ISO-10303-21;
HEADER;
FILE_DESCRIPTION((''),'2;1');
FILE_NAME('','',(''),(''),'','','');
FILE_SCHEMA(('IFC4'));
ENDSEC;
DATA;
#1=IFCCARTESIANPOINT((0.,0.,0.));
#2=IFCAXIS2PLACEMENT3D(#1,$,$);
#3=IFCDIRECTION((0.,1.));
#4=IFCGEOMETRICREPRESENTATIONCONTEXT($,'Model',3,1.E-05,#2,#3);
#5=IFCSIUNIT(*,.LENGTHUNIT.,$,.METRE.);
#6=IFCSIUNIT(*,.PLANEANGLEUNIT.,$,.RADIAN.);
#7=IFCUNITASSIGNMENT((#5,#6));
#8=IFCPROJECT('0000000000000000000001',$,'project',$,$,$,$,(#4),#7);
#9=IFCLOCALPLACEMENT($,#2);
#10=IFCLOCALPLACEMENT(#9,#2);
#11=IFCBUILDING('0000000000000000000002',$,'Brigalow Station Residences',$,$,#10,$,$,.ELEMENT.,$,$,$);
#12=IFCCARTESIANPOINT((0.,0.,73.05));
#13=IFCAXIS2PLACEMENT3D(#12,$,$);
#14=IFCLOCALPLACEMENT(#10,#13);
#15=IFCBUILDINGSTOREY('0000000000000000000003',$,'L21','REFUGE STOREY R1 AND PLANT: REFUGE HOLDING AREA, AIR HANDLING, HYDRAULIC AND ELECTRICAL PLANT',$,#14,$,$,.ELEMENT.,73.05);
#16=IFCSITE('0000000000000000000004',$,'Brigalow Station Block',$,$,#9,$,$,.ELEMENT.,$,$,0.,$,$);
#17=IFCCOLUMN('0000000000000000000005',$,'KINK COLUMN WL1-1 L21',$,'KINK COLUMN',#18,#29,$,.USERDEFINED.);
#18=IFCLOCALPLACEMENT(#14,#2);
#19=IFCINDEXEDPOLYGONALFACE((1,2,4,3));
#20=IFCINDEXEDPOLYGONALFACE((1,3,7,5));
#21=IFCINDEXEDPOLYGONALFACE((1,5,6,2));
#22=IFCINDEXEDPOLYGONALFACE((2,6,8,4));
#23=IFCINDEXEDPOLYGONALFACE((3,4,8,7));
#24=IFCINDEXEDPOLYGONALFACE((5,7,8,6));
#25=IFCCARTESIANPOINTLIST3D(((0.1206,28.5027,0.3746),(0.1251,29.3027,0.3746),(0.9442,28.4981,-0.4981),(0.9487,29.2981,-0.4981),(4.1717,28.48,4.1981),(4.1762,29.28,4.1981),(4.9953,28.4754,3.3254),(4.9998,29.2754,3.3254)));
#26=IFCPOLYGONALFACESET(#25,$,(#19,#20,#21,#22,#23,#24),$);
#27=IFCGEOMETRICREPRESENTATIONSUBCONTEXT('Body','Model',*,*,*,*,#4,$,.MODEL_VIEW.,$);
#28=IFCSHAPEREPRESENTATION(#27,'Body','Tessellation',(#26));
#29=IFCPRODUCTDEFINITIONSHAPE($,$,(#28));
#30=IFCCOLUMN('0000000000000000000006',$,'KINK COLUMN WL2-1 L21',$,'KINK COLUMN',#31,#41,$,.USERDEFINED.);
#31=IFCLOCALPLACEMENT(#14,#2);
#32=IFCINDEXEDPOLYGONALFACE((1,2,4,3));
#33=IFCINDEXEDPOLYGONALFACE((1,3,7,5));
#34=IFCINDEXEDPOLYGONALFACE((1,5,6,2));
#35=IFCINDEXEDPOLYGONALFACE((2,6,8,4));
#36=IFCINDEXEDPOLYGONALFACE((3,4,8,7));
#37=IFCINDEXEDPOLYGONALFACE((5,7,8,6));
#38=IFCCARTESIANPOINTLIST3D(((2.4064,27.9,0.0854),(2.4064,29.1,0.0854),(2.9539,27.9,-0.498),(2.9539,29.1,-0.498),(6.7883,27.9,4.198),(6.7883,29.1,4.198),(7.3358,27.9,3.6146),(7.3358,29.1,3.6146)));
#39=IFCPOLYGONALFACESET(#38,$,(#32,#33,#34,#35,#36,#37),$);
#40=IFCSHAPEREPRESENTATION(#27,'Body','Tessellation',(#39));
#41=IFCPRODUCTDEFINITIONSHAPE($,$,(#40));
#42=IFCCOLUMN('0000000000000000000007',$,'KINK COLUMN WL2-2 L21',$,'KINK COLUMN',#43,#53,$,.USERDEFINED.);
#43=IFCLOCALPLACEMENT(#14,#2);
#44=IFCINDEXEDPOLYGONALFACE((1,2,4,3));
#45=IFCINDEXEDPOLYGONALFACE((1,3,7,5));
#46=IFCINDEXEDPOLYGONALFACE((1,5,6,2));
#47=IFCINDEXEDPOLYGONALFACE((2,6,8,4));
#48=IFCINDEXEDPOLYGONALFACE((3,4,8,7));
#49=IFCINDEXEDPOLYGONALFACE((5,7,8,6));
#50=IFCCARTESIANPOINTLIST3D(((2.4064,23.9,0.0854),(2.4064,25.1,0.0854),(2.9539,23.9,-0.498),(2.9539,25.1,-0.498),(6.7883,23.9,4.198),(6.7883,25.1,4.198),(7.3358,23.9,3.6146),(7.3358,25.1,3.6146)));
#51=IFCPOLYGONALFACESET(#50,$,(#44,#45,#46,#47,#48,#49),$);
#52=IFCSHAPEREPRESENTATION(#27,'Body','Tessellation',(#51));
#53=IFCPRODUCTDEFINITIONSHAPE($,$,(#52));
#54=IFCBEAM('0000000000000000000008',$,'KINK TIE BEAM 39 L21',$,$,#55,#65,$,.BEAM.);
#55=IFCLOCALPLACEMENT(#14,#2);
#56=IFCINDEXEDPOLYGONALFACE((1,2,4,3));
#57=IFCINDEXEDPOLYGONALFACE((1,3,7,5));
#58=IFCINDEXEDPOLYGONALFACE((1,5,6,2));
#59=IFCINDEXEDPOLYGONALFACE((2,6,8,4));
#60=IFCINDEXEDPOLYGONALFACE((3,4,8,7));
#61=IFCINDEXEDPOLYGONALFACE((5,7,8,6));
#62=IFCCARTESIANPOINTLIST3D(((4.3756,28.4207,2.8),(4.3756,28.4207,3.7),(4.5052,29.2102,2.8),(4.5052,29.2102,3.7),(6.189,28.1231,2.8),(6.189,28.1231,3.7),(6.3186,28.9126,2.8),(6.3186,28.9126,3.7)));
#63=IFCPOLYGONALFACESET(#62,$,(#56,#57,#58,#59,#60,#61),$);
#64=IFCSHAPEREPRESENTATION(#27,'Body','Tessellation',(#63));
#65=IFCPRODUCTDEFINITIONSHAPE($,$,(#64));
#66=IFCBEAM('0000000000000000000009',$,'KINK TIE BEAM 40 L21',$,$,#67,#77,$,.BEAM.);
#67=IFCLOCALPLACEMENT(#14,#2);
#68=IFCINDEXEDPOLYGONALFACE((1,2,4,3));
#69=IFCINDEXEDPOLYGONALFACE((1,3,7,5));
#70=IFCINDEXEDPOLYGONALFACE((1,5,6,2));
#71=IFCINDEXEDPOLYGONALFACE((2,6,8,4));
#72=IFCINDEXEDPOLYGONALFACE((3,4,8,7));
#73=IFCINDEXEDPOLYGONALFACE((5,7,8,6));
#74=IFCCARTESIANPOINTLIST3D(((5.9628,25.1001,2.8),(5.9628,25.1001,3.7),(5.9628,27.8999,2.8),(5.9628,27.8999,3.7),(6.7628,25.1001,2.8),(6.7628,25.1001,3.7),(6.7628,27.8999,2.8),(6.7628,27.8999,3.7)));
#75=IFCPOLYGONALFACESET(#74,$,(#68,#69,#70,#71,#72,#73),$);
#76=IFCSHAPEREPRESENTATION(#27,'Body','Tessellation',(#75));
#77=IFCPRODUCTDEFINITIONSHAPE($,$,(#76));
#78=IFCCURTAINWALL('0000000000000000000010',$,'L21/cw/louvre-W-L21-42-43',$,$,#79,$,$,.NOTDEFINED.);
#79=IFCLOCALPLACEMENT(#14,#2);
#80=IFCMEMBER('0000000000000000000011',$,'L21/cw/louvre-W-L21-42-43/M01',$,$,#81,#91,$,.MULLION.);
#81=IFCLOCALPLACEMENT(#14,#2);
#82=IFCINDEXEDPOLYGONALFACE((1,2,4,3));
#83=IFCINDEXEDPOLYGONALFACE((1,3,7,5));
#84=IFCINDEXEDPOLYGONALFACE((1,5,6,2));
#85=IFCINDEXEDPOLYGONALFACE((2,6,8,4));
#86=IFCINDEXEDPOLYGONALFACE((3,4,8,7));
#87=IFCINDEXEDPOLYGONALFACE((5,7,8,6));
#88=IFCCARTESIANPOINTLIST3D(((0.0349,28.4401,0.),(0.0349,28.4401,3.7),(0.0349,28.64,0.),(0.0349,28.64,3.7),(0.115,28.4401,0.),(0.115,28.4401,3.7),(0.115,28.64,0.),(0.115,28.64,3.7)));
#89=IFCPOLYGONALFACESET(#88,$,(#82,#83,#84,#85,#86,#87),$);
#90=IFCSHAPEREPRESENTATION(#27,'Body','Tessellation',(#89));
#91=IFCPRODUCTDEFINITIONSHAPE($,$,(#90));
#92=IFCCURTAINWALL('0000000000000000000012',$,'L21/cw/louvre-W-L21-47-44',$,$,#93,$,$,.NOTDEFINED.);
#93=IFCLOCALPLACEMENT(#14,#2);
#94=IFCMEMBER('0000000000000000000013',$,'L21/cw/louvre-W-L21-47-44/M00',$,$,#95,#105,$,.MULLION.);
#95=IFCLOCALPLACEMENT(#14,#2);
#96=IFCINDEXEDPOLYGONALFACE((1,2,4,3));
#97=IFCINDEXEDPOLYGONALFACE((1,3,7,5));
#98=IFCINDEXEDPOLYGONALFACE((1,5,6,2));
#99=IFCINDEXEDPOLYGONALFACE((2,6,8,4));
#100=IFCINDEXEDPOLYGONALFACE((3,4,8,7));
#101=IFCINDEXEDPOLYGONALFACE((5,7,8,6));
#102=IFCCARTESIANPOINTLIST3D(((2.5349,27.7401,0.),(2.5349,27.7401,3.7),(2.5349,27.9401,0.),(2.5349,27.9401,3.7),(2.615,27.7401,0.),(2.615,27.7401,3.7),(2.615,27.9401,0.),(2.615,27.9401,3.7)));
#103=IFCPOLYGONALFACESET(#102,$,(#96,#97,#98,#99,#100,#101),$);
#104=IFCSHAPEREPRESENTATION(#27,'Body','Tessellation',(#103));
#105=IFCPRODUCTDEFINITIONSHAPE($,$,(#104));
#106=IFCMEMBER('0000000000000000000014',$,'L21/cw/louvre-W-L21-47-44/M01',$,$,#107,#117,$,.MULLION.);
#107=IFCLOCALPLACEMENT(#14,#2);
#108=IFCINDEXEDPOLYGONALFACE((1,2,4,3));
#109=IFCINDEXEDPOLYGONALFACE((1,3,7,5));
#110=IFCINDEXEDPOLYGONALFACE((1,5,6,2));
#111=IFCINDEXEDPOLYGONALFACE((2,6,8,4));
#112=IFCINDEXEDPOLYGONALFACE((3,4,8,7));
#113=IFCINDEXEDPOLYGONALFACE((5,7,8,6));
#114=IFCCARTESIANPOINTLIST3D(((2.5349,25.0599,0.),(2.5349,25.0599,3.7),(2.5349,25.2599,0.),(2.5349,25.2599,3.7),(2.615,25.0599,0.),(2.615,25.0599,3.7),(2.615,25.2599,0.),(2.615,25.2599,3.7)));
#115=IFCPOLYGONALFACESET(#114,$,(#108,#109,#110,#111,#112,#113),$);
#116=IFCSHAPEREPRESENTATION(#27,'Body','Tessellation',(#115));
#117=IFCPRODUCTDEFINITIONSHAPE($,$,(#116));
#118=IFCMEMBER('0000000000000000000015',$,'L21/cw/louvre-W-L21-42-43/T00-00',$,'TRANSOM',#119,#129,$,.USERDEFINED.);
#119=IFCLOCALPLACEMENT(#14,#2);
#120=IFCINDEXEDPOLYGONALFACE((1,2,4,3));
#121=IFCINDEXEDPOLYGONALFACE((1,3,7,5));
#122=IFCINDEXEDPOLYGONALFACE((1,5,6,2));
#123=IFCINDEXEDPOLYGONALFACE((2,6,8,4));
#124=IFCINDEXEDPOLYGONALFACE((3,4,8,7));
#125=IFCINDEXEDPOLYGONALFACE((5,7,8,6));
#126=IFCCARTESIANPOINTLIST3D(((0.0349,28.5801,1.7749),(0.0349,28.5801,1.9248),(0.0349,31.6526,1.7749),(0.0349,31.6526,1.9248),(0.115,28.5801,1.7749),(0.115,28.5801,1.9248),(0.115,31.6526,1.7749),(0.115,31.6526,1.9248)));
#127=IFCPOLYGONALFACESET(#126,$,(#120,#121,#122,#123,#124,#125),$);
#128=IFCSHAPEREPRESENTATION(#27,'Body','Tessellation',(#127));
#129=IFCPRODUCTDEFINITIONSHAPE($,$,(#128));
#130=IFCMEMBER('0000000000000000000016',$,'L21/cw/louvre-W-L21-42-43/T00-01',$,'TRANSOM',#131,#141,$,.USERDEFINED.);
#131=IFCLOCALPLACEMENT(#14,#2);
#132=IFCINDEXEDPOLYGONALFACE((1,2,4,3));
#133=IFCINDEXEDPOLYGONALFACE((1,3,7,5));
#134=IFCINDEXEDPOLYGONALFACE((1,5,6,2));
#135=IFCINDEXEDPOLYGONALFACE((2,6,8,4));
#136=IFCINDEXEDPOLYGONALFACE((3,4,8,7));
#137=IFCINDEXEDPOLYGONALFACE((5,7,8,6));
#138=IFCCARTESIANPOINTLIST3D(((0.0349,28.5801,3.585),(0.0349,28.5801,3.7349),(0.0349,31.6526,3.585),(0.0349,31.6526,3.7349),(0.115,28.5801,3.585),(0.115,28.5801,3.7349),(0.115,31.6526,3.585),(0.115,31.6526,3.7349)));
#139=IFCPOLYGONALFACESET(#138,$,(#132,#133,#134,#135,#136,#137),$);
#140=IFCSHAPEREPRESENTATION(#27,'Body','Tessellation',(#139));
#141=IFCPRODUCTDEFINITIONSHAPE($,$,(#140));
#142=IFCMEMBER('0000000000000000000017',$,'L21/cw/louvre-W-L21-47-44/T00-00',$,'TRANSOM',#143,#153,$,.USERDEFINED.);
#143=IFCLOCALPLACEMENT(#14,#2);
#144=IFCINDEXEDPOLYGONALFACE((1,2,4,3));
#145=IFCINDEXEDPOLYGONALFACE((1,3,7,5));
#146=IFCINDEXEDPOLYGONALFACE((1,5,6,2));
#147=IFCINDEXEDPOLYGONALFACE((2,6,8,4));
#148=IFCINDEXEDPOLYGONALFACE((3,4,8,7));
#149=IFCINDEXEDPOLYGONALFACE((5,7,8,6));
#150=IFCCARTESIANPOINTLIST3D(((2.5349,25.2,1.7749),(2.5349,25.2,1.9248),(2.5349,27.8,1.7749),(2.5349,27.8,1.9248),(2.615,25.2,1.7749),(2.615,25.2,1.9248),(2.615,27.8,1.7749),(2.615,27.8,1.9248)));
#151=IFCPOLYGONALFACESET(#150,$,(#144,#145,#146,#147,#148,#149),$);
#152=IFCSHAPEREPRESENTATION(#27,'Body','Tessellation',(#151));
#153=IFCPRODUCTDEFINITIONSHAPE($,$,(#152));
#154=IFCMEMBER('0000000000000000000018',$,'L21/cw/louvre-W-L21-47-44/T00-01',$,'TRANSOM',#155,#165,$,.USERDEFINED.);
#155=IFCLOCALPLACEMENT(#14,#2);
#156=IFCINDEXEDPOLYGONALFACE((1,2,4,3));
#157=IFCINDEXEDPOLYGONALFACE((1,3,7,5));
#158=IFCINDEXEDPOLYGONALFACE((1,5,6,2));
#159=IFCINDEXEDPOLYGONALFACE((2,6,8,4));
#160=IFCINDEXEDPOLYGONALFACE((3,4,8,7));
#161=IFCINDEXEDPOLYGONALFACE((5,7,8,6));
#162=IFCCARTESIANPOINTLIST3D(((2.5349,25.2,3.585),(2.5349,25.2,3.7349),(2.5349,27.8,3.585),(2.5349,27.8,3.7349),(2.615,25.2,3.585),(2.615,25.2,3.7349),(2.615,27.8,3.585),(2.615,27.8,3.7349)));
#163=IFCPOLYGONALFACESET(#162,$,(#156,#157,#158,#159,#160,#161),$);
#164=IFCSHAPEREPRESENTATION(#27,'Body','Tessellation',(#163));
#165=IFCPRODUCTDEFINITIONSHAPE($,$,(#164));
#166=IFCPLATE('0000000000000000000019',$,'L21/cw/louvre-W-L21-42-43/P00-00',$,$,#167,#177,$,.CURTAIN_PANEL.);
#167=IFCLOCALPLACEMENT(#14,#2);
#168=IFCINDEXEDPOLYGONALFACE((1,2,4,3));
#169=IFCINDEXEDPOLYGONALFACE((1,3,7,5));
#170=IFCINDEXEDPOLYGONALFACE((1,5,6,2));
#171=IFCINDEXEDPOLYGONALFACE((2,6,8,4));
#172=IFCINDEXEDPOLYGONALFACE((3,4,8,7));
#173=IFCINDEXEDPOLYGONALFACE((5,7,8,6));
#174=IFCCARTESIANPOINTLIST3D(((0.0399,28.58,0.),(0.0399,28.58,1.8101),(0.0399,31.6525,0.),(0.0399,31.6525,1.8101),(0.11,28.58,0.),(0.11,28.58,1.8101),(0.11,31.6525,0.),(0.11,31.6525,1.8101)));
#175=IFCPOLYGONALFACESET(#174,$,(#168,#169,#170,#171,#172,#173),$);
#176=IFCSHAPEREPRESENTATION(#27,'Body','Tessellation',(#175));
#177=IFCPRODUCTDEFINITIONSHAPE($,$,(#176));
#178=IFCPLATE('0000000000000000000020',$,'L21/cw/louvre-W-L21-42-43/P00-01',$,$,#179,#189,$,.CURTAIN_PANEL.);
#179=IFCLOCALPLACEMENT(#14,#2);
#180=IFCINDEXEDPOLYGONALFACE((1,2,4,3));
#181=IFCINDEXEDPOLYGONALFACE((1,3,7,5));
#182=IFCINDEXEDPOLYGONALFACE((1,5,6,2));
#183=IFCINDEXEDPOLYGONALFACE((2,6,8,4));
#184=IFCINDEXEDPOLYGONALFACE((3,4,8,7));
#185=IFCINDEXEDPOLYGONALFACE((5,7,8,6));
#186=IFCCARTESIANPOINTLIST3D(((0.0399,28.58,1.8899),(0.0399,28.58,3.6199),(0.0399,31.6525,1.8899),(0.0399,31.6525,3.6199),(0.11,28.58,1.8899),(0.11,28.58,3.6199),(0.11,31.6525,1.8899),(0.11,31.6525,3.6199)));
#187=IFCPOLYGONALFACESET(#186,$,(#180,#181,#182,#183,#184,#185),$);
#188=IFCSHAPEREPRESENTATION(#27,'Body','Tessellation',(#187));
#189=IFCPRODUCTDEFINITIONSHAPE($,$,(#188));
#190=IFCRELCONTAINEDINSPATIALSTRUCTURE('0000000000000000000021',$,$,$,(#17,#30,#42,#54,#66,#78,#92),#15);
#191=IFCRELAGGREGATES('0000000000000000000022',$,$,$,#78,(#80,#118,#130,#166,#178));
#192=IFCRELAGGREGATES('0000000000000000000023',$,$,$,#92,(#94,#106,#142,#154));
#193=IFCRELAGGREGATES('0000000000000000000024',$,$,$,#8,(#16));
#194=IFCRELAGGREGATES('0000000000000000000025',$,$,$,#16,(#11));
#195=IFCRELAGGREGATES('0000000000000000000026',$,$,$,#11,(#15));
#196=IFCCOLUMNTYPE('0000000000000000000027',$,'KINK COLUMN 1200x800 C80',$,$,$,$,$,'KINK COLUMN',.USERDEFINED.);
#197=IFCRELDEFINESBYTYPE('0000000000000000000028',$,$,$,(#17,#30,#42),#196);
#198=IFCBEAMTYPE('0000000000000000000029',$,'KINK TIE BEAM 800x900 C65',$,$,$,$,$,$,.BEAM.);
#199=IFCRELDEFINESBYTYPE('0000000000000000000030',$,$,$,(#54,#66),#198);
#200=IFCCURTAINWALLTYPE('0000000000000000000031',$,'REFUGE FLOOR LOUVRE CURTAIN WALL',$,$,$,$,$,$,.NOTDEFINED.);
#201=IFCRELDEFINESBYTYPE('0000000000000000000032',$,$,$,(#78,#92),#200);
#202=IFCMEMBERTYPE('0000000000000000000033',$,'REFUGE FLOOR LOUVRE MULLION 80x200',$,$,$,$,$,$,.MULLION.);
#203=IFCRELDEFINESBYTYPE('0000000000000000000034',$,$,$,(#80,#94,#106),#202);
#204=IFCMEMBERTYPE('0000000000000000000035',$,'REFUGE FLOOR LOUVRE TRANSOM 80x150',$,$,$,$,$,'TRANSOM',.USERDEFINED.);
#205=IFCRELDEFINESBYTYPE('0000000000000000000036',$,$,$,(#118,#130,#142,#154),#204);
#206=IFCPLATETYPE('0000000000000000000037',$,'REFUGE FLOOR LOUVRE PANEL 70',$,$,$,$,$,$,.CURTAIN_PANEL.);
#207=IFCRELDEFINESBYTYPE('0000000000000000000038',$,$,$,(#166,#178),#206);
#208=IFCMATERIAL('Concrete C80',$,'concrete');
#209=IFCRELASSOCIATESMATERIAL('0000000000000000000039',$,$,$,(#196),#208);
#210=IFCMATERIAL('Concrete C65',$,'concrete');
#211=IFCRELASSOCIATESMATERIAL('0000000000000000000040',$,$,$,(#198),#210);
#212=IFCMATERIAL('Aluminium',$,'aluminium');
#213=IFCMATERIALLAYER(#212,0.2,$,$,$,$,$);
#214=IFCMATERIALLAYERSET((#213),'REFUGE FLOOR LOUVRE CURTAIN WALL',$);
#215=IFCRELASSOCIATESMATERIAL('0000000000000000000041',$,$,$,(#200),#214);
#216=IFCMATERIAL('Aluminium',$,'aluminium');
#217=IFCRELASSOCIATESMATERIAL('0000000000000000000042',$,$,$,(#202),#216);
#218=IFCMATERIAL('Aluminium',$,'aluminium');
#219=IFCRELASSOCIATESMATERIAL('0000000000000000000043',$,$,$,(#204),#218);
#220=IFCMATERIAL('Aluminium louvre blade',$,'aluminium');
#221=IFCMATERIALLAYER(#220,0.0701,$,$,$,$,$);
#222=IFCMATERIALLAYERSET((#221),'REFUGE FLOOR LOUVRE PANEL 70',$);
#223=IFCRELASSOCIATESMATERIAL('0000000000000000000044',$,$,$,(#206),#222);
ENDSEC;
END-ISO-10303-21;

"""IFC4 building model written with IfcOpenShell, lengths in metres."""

from ifc_helpers import new_model, si_unit, direction, frame, origin, origin_2d, place, context, subcontext, project, spatial, rectangle, extrude, material, layer, layer_set, material_profile, profile_set, type_object, element, aggregate, save


model = new_model("IFC4")

# Units and contexts
model_context = context("Model", 3, precision=1e-05, world=origin(), true_north=direction((0.0, 1.0)))
body_context = subcontext(model_context, "Body", "Model", "MODEL_VIEW")
ifc_project = project(units=[si_unit("LENGTHUNIT", "METRE"), si_unit("PLANEANGLEUNIT", "RADIAN")], contexts=[model_context])

# Site, building, storey
site_placement = place(None, origin())
site = spatial("IfcSite", under=ifc_project, at=site_placement, Name="Brigalow Station Block", CompositionType="ELEMENT", RefElevation=0.0)
building_placement = place(site_placement, origin())
building = spatial("IfcBuilding", under=site, at=building_placement, Name="Brigalow Station Residences", CompositionType="ELEMENT")
storey_placement = place(building_placement, frame((0.0, 0.0, 73.05)))
storey = spatial("IfcBuildingStorey", under=building, at=storey_placement, Name="L21", Description="REFUGE STOREY R1 AND PLANT: REFUGE HOLDING AREA, AIR HANDLING, HYDRAULIC AND ELECTRICAL PLANT", CompositionType="ELEMENT", Elevation=73.05)

# Columns
ifc_material_1 = material(Name="Concrete C80", Category="concrete")
ifc_material_profile_1 = material_profile(ifc_material_1, rectangle(XDim=1.2, YDim=0.8, at=origin_2d()), Name="RC1200x800")
ifc_profile_set_1 = profile_set([ifc_material_profile_1], Name="Concrete C80")
column_type = type_object("IfcColumnType", Name="KINK COLUMN 1200x800 C80", ElementType="KINK COLUMN", PredefinedType="USERDEFINED", material=ifc_profile_set_1)
column_placement = place(storey_placement, frame((0.5347, 28.9004, -0.0618), z_axis=(0.72723, -0.004076, 0.686382), x_axis=(-0.686372, 0.003847, 0.727241)))
element("IfcColumn", 1, at=column_placement, inside=storey, type_object=column_type, Name="KINK COLUMN WL1-1 L21", ObjectType="KINK COLUMN", PredefinedType="USERDEFINED", context=body_context, shape_type="SweptSolid", body=[
    extrude(rectangle(XDim=1.2, YDim=0.8, at=origin_2d()), origin(), (0.0, 0.0, 1.0), 5.5706),
])
for number, where, z_axis, x_axis, name in (
    (2, (2.6802, 28.5, -0.2063), (0.729157, 0.0, 0.684346), (0.0, 1.0, 0.0), "KINK COLUMN WL2-1 L21"),
    (3, (2.6802, 24.5, -0.2063), (0.729157, 0.0, 0.684346), (0.0, 1.0, 0.0), "KINK COLUMN WL2-2 L21"),
):
    element("IfcColumn", number, at=place(storey_placement, frame(where, z_axis=z_axis, x_axis=x_axis)), inside=storey, type_object=column_type, Name=name, ObjectType="KINK COLUMN", PredefinedType="USERDEFINED", context=body_context, shape_type="SweptSolid", body=[
        extrude(rectangle(XDim=1.2, YDim=0.8, at=origin_2d()), origin(), (0.0, 0.0, 1.0), 6.0095),
    ])

# Beams
ifc_material_2 = material(Name="Concrete C65", Category="concrete")
ifc_material_profile_2 = material_profile(ifc_material_2, rectangle(XDim=0.8, YDim=0.8999, at=origin_2d()), Name="RC800x900")
ifc_profile_set_2 = profile_set([ifc_material_profile_2], Name="Concrete C65")
beam_type = type_object("IfcBeamType", Name="KINK TIE BEAM 800x900 C65", PredefinedType="BEAM", material=ifc_profile_set_2)
beam_1_placement = place(storey_placement, frame((4.4404, 28.8154, 3.25), z_axis=(0.9868, -0.161943, 0.0), x_axis=(0.161943, 0.9868, 0.0)))
element("IfcBeam", 4, at=beam_1_placement, inside=storey, type_object=beam_type, Name="KINK TIE BEAM 39 L21", PredefinedType="BEAM", context=body_context, shape_type="SweptSolid", body=[
    extrude(rectangle(XDim=0.8, YDim=0.8999, at=origin_2d()), origin(), (0.0, 0.0, 1.0), 1.8376),
])
beam_2_placement = place(storey_placement, frame((6.3628, 27.8999, 3.25), z_axis=(0.0, -1.0, 0.0), x_axis=(1.0, 0.0, 0.0)))
element("IfcBeam", 5, at=beam_2_placement, inside=storey, type_object=beam_type, Name="KINK TIE BEAM 40 L21", PredefinedType="BEAM", context=body_context, shape_type="SweptSolid", body=[
    extrude(rectangle(XDim=0.8, YDim=0.8999, at=origin_2d()), origin(), (0.0, 0.0, 1.0), 2.7998),
])

# Curtain wall, member
ifc_material_3 = material(Name="Aluminium", Category="aluminium")
ifc_layer_1 = layer(ifc_material_3, 0.2)
ifc_layer_set_1 = layer_set([ifc_layer_1], Name="REFUGE FLOOR LOUVRE CURTAIN WALL")
curtain_wall_type = type_object("IfcCurtainWallType", Name="REFUGE FLOOR LOUVRE CURTAIN WALL", PredefinedType="NOTDEFINED", material=ifc_layer_set_1)
curtain_wall_1_placement = place(storey_placement, origin())
curtain_wall_1 = element("IfcCurtainWall", 6, at=curtain_wall_1_placement, inside=storey, type_object=curtain_wall_type, Name="L21/cw/louvre-W-L21-42-43", PredefinedType="NOTDEFINED")
ifc_material_4 = material(Name="Aluminium", Category="aluminium")
ifc_material_profile_3 = material_profile(ifc_material_4, rectangle(XDim=0.0801, YDim=0.2, at=origin_2d()), Name="REFUGE FLOOR LOUVRE MULLION 80x200")
ifc_profile_set_3 = profile_set([ifc_material_profile_3], Name="Aluminium")
member_type_1 = type_object("IfcMemberType", Name="REFUGE FLOOR LOUVRE MULLION 80x200", PredefinedType="MULLION", material=ifc_profile_set_3)
member_1_placement = place(storey_placement, frame((0.075, 28.54, 0.0), z_axis=(0.0, 0.0, 1.0), x_axis=(1.0, 0.0, 0.0)))
member_1 = element("IfcMember", 7, at=member_1_placement, type_object=member_type_1, Name="L21/cw/louvre-W-L21-42-43/M01", PredefinedType="MULLION", context=body_context, shape_type="SweptSolid", body=[
    extrude(rectangle(XDim=0.0801, YDim=0.2, at=origin_2d()), origin(), (0.0, 0.0, 1.0), 3.7),
])

# Curtain wall, members
curtain_wall_2_placement = place(storey_placement, origin())
curtain_wall_2 = element("IfcCurtainWall", 8, at=curtain_wall_2_placement, inside=storey, type_object=curtain_wall_type, Name="L21/cw/louvre-W-L21-47-44", PredefinedType="NOTDEFINED")
member_2_placement = place(storey_placement, frame((2.575, 27.8401, 0.0), z_axis=(0.0, 0.0, 1.0), x_axis=(1.0, 0.0, 0.0)))
member_2 = element("IfcMember", 9, at=member_2_placement, type_object=member_type_1, Name="L21/cw/louvre-W-L21-47-44/M00", PredefinedType="MULLION", context=body_context, shape_type="SweptSolid", body=[
    extrude(rectangle(XDim=0.0801, YDim=0.2, at=origin_2d()), origin(), (0.0, 0.0, 1.0), 3.7),
])
member_3_placement = place(storey_placement, frame((2.575, 25.1599, 0.0), z_axis=(0.0, 0.0, 1.0), x_axis=(1.0, 0.0, 0.0)))
member_3 = element("IfcMember", 10, at=member_3_placement, type_object=member_type_1, Name="L21/cw/louvre-W-L21-47-44/M01", PredefinedType="MULLION", context=body_context, shape_type="SweptSolid", body=[
    extrude(rectangle(XDim=0.0801, YDim=0.2, at=origin_2d()), origin(), (0.0, 0.0, 1.0), 3.7),
])

# Members
ifc_material_5 = material(Name="Aluminium", Category="aluminium")
ifc_material_profile_4 = material_profile(ifc_material_5, rectangle(XDim=0.0801, YDim=0.1499, at=origin_2d()), Name="REFUGE FLOOR LOUVRE TRANSOM 80x150")
ifc_profile_set_4 = profile_set([ifc_material_profile_4], Name="Aluminium")
member_type_2 = type_object("IfcMemberType", Name="REFUGE FLOOR LOUVRE TRANSOM 80x150", ElementType="TRANSOM", PredefinedType="USERDEFINED", material=ifc_profile_set_4)
member_4_placement = place(storey_placement, frame((0.075, 31.6526, 1.8499), z_axis=(0.0, -1.0, 0.0), x_axis=(1.0, 0.0, 0.0)))
member_4 = element("IfcMember", 11, at=member_4_placement, type_object=member_type_2, Name="L21/cw/louvre-W-L21-42-43/T00-00", ObjectType="TRANSOM", PredefinedType="USERDEFINED", context=body_context, shape_type="SweptSolid", body=[
    extrude(rectangle(XDim=0.0801, YDim=0.1499, at=origin_2d()), origin(), (0.0, 0.0, 1.0), 3.0725),
])
member_5_placement = place(storey_placement, frame((0.075, 31.6526, 3.6599), z_axis=(0.0, -1.0, 0.0), x_axis=(1.0, 0.0, 0.0)))
member_5 = element("IfcMember", 12, at=member_5_placement, type_object=member_type_2, Name="L21/cw/louvre-W-L21-42-43/T00-01", ObjectType="TRANSOM", PredefinedType="USERDEFINED", context=body_context, shape_type="SweptSolid", body=[
    extrude(rectangle(XDim=0.0801, YDim=0.1499, at=origin_2d()), origin(), (0.0, 0.0, 1.0), 3.0725),
])
member_6_placement = place(storey_placement, frame((2.575, 27.8, 1.8499), z_axis=(0.0, -1.0, 0.0), x_axis=(1.0, 0.0, 0.0)))
member_6 = element("IfcMember", 13, at=member_6_placement, type_object=member_type_2, Name="L21/cw/louvre-W-L21-47-44/T00-00", ObjectType="TRANSOM", PredefinedType="USERDEFINED", context=body_context, shape_type="SweptSolid", body=[
    extrude(rectangle(XDim=0.0801, YDim=0.1499, at=origin_2d()), origin(), (0.0, 0.0, 1.0), 2.6001),
])
member_7_placement = place(storey_placement, frame((2.575, 27.8, 3.6599), z_axis=(0.0, -1.0, 0.0), x_axis=(1.0, 0.0, 0.0)))
member_7 = element("IfcMember", 14, at=member_7_placement, type_object=member_type_2, Name="L21/cw/louvre-W-L21-47-44/T00-01", ObjectType="TRANSOM", PredefinedType="USERDEFINED", context=body_context, shape_type="SweptSolid", body=[
    extrude(rectangle(XDim=0.0801, YDim=0.1499, at=origin_2d()), origin(), (0.0, 0.0, 1.0), 2.6001),
])

# Plates
ifc_material_6 = material(Name="Aluminium louvre blade", Category="aluminium")
ifc_layer_2 = layer(ifc_material_6, 0.0701)
ifc_layer_set_2 = layer_set([ifc_layer_2], Name="REFUGE FLOOR LOUVRE PANEL 70")
plate_type = type_object("IfcPlateType", Name="REFUGE FLOOR LOUVRE PANEL 70", PredefinedType="CURTAIN_PANEL", material=ifc_layer_set_2)
plate_1_placement = place(storey_placement, frame((0.075, 30.1162, 0.0), z_axis=(0.0, 0.0, 1.0), x_axis=(0.0, -1.0, 0.0)))
plate_1 = element("IfcPlate", 15, at=plate_1_placement, type_object=plate_type, Name="L21/cw/louvre-W-L21-42-43/P00-00", PredefinedType="CURTAIN_PANEL", context=body_context, shape_type="SweptSolid", body=[
    extrude(rectangle(XDim=3.0725, YDim=0.0701, at=origin_2d()), origin(), (0.0, 0.0, 1.0), 1.8101),
])
plate_2_placement = place(storey_placement, frame((0.075, 30.1162, 1.8899), z_axis=(0.0, 0.0, 1.0), x_axis=(0.0, -1.0, 0.0)))
plate_2 = element("IfcPlate", 16, at=plate_2_placement, type_object=plate_type, Name="L21/cw/louvre-W-L21-42-43/P00-01", PredefinedType="CURTAIN_PANEL", context=body_context, shape_type="SweptSolid", body=[
    extrude(rectangle(XDim=3.0725, YDim=0.0701, at=origin_2d()), origin(), (0.0, 0.0, 1.0), 1.73),
])
aggregate(curtain_wall_1, [member_1, member_4, member_5, plate_1, plate_2])
aggregate(curtain_wall_2, [member_2, member_3, member_6, member_7])

save(model, "model.ifc")
